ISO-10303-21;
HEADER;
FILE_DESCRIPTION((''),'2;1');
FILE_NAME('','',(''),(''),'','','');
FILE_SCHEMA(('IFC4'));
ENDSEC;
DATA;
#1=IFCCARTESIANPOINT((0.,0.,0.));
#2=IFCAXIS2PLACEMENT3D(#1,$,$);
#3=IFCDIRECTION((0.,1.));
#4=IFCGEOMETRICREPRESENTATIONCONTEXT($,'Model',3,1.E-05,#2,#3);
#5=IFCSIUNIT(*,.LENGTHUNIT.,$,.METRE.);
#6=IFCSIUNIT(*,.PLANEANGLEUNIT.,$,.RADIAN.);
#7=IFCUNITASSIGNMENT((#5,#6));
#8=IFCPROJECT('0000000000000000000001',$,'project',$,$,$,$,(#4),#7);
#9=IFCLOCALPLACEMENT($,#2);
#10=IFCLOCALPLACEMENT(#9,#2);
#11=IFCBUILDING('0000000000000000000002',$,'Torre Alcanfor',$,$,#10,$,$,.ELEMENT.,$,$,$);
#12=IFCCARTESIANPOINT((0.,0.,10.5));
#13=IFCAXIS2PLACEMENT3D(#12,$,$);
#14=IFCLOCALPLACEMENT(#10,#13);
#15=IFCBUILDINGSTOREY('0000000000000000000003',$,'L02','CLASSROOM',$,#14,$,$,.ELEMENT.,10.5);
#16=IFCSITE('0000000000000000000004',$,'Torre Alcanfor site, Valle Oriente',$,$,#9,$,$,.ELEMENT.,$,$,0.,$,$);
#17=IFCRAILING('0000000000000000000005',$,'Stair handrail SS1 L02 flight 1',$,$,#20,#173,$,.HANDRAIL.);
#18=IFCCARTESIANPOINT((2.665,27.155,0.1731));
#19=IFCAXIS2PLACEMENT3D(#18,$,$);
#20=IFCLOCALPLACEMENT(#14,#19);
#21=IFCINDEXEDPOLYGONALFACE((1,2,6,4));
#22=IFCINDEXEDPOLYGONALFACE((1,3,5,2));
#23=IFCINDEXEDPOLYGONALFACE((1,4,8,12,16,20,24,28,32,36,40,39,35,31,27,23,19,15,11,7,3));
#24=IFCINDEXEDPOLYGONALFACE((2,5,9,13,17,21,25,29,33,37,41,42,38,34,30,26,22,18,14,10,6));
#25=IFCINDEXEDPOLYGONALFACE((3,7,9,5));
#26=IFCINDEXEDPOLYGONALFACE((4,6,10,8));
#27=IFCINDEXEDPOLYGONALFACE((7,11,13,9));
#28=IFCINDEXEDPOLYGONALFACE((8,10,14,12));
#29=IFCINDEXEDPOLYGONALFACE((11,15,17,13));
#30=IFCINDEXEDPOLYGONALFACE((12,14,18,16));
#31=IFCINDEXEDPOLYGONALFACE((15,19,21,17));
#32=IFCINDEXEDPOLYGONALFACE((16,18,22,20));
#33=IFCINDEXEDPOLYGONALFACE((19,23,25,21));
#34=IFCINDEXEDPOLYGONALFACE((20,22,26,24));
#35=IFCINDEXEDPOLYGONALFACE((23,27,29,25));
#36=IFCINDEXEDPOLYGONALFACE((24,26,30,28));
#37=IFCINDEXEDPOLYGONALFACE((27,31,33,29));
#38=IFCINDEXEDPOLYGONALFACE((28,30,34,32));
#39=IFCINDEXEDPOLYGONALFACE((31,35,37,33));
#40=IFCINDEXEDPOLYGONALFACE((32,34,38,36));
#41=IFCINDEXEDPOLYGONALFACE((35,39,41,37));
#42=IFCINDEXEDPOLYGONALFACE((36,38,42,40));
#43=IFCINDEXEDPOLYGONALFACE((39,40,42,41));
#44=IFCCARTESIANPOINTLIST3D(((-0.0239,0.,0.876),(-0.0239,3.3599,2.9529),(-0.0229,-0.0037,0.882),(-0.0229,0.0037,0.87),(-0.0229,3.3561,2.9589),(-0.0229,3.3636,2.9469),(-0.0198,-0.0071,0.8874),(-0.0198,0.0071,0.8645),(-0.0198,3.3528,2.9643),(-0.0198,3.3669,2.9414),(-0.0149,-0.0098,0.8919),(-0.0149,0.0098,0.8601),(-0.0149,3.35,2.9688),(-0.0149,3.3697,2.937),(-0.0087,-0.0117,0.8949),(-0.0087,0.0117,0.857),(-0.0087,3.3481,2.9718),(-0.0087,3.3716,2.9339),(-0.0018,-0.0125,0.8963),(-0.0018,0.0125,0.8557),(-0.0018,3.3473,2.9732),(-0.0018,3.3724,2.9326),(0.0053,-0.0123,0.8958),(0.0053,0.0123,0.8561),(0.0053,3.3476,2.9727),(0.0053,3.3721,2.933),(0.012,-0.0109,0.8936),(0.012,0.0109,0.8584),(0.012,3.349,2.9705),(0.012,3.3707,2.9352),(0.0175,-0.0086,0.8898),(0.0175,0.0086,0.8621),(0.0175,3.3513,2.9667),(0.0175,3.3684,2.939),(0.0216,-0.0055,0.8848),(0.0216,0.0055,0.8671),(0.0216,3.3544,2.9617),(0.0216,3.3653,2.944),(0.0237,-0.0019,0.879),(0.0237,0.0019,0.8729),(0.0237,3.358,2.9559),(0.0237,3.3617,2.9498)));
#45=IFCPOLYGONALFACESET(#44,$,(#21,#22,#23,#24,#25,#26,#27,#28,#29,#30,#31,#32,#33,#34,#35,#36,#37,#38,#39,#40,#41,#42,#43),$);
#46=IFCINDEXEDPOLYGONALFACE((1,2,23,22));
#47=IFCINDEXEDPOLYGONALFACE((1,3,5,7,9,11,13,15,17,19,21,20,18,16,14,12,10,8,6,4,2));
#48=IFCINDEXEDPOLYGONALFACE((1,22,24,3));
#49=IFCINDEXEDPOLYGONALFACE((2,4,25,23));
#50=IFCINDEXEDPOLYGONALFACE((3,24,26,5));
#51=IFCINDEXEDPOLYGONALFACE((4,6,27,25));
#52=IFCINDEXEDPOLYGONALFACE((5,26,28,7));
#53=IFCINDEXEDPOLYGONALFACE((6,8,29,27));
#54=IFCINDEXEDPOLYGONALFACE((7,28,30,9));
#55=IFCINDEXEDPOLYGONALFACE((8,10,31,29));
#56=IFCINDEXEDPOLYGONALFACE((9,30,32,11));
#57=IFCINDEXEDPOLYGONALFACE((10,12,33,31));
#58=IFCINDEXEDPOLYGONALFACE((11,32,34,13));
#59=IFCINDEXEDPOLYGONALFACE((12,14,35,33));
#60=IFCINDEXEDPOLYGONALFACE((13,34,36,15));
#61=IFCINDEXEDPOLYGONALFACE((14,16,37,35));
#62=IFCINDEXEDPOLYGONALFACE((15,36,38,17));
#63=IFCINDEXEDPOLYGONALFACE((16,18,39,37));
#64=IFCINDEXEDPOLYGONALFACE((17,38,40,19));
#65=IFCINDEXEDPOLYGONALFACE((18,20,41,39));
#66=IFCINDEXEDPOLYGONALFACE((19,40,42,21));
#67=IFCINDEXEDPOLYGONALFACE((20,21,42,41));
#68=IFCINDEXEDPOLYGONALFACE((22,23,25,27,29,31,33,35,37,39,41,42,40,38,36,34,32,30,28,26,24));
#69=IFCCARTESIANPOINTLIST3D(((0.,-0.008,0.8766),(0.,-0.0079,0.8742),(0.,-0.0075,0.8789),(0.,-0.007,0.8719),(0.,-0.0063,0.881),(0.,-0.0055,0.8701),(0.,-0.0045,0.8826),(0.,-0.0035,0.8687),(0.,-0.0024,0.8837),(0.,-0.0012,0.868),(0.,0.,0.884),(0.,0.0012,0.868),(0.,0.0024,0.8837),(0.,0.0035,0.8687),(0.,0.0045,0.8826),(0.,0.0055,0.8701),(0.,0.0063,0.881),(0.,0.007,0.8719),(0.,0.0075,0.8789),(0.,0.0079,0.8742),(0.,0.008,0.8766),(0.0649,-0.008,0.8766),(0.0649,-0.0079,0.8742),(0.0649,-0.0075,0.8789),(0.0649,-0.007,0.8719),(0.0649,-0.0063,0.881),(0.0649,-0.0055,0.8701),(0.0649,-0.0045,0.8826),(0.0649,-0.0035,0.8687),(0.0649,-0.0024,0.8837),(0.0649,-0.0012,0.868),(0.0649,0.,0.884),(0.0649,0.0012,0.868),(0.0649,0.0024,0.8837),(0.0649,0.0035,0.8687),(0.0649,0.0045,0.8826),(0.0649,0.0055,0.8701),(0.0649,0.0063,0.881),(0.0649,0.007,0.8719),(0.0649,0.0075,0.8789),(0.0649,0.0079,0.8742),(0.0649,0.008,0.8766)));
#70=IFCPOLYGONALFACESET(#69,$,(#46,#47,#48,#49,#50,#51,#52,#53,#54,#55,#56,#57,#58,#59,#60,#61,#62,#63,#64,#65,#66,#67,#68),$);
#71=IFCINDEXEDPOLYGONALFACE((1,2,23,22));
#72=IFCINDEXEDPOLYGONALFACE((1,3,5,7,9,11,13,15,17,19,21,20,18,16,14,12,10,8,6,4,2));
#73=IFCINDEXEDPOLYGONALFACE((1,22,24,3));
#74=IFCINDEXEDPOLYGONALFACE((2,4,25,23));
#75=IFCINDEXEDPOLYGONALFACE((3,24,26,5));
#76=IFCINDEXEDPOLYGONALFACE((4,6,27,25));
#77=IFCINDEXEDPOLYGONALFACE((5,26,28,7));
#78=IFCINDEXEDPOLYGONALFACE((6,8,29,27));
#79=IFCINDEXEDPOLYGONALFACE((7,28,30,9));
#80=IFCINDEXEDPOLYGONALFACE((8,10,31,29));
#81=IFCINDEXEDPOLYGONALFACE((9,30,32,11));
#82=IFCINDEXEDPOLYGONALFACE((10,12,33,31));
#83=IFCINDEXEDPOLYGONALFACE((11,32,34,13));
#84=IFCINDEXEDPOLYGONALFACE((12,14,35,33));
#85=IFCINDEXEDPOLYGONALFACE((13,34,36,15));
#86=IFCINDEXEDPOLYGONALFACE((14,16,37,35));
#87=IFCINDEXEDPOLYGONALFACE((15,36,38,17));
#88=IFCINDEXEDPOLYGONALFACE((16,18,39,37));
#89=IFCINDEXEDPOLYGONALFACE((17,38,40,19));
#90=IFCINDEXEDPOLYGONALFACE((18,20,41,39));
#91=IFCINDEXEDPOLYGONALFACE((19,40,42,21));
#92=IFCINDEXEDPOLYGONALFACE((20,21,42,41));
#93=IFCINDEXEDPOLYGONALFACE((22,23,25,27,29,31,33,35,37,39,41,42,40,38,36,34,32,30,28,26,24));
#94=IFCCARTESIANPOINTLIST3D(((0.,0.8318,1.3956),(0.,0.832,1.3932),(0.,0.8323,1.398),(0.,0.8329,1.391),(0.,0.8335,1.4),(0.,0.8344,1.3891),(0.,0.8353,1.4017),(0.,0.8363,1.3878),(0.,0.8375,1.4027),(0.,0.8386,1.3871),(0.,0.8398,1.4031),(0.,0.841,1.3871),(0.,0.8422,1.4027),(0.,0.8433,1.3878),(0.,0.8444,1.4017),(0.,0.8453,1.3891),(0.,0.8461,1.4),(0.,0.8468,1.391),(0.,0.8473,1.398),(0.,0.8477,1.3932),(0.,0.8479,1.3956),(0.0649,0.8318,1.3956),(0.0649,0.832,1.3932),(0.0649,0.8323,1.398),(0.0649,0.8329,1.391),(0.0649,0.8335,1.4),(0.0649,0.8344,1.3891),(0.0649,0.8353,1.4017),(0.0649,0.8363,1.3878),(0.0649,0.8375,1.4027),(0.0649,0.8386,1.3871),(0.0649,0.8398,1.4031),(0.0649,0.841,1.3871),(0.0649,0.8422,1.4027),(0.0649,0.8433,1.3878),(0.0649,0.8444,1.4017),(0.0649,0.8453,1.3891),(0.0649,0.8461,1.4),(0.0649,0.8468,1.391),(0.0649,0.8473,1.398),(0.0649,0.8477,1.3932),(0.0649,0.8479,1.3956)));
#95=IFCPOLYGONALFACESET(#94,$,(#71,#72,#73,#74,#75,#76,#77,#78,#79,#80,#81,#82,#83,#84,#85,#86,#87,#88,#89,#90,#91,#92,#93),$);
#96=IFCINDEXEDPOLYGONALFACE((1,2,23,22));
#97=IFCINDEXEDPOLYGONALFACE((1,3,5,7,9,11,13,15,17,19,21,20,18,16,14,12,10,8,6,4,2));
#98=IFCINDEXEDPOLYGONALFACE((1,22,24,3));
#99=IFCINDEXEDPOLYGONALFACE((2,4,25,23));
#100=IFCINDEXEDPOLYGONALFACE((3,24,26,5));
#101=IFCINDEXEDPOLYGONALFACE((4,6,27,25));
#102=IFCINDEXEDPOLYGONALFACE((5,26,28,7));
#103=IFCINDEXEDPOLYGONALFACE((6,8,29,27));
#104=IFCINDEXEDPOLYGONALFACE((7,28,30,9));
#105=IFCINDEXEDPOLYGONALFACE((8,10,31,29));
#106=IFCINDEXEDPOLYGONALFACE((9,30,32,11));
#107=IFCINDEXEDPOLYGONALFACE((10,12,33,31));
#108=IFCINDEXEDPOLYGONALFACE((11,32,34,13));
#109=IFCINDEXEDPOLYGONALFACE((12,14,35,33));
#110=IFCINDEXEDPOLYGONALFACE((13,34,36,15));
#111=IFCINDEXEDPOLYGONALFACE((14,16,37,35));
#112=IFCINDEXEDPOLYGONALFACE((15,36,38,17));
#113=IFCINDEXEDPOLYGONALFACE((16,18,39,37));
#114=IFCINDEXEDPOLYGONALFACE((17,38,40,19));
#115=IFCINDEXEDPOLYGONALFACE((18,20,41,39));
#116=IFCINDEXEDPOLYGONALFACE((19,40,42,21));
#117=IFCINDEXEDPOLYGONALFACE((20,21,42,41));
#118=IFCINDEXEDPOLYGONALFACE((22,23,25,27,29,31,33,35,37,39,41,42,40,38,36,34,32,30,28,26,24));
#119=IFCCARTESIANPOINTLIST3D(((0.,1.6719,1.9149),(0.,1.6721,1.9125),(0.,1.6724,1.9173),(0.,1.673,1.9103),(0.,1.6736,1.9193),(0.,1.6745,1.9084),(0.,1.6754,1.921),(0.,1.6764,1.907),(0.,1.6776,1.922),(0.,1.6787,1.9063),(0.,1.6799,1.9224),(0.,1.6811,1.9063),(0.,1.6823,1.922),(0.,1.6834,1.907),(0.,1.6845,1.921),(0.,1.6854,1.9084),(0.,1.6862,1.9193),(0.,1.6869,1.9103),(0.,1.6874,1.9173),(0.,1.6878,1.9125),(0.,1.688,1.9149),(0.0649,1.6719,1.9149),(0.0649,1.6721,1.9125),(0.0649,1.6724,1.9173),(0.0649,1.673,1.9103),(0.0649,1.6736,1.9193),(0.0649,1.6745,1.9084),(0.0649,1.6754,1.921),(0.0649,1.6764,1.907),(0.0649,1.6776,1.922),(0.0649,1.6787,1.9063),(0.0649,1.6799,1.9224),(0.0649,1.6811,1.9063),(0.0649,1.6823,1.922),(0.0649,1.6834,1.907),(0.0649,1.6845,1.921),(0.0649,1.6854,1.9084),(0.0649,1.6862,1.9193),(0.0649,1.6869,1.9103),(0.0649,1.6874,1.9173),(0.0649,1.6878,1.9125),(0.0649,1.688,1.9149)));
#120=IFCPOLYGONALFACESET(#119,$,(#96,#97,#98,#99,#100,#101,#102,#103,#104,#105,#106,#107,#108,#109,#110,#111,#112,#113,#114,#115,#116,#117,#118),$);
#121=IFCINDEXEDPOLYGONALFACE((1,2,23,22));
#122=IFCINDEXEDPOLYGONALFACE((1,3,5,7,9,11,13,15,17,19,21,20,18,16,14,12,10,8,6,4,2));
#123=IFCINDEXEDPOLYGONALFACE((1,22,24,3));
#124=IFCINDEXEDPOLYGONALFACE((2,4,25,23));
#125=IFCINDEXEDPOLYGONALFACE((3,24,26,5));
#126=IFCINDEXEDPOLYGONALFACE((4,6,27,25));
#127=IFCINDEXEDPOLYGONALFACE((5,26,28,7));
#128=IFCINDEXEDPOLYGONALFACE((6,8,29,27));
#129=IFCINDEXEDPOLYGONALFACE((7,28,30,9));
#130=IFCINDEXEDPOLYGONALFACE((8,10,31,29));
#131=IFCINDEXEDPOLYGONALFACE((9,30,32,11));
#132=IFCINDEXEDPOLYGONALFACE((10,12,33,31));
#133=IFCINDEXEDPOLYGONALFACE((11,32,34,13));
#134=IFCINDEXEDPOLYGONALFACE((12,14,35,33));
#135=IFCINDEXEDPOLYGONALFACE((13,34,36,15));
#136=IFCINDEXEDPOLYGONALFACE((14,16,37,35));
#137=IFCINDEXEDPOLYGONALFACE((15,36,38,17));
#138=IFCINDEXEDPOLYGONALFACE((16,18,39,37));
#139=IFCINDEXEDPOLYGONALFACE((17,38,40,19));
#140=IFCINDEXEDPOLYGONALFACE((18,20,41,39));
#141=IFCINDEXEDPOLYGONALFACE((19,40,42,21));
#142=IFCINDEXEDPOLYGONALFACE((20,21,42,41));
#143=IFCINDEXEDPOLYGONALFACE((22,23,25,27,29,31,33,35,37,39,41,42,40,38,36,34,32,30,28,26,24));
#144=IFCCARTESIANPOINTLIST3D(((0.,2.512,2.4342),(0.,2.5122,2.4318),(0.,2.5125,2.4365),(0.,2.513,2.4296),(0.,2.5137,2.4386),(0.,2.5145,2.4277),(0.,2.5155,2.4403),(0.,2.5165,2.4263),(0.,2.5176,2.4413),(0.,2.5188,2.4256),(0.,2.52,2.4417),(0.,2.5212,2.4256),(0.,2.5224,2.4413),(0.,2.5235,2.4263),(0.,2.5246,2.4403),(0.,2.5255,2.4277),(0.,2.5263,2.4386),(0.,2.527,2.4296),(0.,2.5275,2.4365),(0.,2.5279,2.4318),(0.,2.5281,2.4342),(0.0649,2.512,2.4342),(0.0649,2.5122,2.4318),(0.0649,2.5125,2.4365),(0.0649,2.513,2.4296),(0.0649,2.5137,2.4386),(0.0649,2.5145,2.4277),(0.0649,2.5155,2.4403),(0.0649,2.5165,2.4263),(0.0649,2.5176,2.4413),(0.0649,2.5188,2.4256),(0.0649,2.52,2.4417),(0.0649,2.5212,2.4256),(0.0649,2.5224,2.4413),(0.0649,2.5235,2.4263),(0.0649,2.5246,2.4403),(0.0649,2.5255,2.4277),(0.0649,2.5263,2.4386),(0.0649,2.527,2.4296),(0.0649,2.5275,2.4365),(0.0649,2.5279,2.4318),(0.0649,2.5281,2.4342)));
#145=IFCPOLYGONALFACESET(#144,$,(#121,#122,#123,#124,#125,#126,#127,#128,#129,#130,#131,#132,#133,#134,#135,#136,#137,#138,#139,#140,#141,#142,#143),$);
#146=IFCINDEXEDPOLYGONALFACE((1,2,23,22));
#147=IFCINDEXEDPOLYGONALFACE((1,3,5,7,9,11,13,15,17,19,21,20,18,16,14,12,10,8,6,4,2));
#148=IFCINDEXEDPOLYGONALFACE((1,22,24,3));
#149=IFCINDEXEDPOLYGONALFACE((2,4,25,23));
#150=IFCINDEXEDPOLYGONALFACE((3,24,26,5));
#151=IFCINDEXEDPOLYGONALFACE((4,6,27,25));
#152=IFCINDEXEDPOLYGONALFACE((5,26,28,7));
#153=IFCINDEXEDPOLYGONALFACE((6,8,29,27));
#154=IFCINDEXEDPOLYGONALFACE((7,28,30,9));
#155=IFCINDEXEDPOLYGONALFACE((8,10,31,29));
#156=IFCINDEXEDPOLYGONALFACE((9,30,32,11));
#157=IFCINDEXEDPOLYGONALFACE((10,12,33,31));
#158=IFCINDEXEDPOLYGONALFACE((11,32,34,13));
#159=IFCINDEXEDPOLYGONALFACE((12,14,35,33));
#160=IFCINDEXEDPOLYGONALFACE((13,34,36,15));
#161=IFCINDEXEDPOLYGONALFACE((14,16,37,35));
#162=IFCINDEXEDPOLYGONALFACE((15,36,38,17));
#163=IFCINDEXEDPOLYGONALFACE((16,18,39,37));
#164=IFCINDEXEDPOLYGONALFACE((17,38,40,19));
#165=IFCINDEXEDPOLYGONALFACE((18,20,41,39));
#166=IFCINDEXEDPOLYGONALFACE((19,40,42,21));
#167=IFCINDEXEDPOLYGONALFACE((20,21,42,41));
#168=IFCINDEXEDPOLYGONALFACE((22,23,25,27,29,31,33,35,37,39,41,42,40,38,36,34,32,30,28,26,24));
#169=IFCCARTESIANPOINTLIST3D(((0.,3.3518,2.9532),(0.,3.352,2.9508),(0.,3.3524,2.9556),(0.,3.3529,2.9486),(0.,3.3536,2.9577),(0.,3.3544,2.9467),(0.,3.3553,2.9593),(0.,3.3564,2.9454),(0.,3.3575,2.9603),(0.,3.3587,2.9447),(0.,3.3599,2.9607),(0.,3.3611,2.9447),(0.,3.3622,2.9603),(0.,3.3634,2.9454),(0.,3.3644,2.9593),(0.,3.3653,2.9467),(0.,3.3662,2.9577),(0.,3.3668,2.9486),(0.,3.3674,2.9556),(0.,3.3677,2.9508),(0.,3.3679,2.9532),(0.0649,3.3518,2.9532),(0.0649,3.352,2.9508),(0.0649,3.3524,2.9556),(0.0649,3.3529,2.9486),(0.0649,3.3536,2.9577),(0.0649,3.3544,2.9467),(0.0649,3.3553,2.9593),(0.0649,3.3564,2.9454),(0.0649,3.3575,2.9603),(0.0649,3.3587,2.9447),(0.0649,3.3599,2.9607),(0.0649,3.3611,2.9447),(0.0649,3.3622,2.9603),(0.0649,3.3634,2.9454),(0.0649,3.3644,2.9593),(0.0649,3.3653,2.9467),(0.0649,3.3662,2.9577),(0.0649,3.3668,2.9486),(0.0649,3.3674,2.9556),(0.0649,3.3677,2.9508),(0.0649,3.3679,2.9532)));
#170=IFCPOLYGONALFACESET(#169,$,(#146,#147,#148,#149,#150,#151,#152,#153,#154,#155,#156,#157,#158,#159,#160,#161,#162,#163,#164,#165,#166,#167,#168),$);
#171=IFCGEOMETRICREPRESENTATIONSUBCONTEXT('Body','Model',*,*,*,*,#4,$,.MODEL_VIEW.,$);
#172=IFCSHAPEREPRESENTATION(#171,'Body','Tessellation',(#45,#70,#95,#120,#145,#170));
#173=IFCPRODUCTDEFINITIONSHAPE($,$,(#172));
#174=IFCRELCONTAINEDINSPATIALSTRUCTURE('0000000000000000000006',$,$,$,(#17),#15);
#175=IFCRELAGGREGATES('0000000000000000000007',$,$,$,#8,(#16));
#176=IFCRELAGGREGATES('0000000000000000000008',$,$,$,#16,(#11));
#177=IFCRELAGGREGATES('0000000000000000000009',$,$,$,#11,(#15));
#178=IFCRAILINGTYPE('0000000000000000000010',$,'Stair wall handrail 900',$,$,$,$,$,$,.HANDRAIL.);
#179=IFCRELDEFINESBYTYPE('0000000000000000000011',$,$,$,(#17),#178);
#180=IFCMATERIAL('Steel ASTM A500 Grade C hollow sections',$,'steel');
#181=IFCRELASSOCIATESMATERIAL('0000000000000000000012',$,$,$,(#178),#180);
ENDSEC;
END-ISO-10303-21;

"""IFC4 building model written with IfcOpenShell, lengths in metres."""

from ifc_helpers import new_model, si_unit, direction, frame, origin, origin_2d, place, context, subcontext, project, spatial, circle, extrude, material, type_object, element, save


model = new_model("IFC4")

# Units and contexts
model_context = context("Model", 3, precision=1e-05, world=origin(), true_north=direction((0.0, 1.0)))
body_context = subcontext(model_context, "Body", "Model", "MODEL_VIEW")
ifc_project = project(units=[si_unit("LENGTHUNIT", "METRE"), si_unit("PLANEANGLEUNIT", "RADIAN")], contexts=[model_context])

# Site, building, storey
site_placement = place(None, origin())
site = spatial("IfcSite", under=ifc_project, at=site_placement, Name="Torre Alcanfor site, Valle Oriente", CompositionType="ELEMENT", RefElevation=0.0)
building_placement = place(site_placement, origin())
building = spatial("IfcBuilding", under=site, at=building_placement, Name="Torre Alcanfor", CompositionType="ELEMENT")
storey_placement = place(building_placement, frame((0.0, 0.0, 10.5)))
storey = spatial("IfcBuildingStorey", under=building, at=storey_placement, Name="L02", Description="CLASSROOM", CompositionType="ELEMENT", Elevation=10.5)

# Railing
ifc_material_1 = material(Name="Steel ASTM A500 Grade C hollow sections", Category="steel")
railing_type_1 = type_object("IfcRailingType", Name="Stair wall handrail 900", PredefinedType="HANDRAIL", material=ifc_material_1)
railing_1_placement = place(storey_placement, frame((2.665, 27.155, 0.1731)))
element("IfcRailing", 1, at=railing_1_placement, inside=storey, type_object=railing_type_1, Name="Stair handrail SS1 L02 flight 1", PredefinedType="HANDRAIL", context=body_context, shape_type="SweptSolid", body=[
    extrude(circle(Radius=0.0239, at=origin_2d()), frame((0.0, 0.0, 0.876), z_axis=(0.0, 0.850606, 0.525803), x_axis=(-1.0, 0.0, 0.0)), (0.0, 0.0, 1.0), 3.95),
    extrude(circle(Radius=0.0081, at=origin_2d()), frame((0.0, 0.0, 0.876), z_axis=(1.0, 0.0, 0.0), x_axis=(0.0, 0.0, 1.0)), (0.0, 0.0, 1.0), 0.0649),
    extrude(circle(Radius=0.0081, at=origin_2d()), frame((0.0, 0.8398, 1.395), z_axis=(1.0, 0.0, 0.0), x_axis=(0.0, 0.0, 1.0)), (0.0, 0.0, 1.0), 0.0649),
    extrude(circle(Radius=0.0081, at=origin_2d()), frame((0.0, 1.6799, 1.9143), z_axis=(1.0, 0.0, 0.0), x_axis=(0.0, 0.0, 1.0)), (0.0, 0.0, 1.0), 0.0649),
    extrude(circle(Radius=0.0081, at=origin_2d()), frame((0.0, 2.52, 2.4336), z_axis=(1.0, 0.0, 0.0), x_axis=(0.0, 0.0, 1.0)), (0.0, 0.0, 1.0), 0.0649),
    extrude(circle(Radius=0.0081, at=origin_2d()), frame((0.0, 3.3599, 2.9526), z_axis=(1.0, 0.0, 0.0), x_axis=(0.0, 0.0, 1.0)), (0.0, 0.0, 1.0), 0.0649),
])

save(model, "model.ifc")
